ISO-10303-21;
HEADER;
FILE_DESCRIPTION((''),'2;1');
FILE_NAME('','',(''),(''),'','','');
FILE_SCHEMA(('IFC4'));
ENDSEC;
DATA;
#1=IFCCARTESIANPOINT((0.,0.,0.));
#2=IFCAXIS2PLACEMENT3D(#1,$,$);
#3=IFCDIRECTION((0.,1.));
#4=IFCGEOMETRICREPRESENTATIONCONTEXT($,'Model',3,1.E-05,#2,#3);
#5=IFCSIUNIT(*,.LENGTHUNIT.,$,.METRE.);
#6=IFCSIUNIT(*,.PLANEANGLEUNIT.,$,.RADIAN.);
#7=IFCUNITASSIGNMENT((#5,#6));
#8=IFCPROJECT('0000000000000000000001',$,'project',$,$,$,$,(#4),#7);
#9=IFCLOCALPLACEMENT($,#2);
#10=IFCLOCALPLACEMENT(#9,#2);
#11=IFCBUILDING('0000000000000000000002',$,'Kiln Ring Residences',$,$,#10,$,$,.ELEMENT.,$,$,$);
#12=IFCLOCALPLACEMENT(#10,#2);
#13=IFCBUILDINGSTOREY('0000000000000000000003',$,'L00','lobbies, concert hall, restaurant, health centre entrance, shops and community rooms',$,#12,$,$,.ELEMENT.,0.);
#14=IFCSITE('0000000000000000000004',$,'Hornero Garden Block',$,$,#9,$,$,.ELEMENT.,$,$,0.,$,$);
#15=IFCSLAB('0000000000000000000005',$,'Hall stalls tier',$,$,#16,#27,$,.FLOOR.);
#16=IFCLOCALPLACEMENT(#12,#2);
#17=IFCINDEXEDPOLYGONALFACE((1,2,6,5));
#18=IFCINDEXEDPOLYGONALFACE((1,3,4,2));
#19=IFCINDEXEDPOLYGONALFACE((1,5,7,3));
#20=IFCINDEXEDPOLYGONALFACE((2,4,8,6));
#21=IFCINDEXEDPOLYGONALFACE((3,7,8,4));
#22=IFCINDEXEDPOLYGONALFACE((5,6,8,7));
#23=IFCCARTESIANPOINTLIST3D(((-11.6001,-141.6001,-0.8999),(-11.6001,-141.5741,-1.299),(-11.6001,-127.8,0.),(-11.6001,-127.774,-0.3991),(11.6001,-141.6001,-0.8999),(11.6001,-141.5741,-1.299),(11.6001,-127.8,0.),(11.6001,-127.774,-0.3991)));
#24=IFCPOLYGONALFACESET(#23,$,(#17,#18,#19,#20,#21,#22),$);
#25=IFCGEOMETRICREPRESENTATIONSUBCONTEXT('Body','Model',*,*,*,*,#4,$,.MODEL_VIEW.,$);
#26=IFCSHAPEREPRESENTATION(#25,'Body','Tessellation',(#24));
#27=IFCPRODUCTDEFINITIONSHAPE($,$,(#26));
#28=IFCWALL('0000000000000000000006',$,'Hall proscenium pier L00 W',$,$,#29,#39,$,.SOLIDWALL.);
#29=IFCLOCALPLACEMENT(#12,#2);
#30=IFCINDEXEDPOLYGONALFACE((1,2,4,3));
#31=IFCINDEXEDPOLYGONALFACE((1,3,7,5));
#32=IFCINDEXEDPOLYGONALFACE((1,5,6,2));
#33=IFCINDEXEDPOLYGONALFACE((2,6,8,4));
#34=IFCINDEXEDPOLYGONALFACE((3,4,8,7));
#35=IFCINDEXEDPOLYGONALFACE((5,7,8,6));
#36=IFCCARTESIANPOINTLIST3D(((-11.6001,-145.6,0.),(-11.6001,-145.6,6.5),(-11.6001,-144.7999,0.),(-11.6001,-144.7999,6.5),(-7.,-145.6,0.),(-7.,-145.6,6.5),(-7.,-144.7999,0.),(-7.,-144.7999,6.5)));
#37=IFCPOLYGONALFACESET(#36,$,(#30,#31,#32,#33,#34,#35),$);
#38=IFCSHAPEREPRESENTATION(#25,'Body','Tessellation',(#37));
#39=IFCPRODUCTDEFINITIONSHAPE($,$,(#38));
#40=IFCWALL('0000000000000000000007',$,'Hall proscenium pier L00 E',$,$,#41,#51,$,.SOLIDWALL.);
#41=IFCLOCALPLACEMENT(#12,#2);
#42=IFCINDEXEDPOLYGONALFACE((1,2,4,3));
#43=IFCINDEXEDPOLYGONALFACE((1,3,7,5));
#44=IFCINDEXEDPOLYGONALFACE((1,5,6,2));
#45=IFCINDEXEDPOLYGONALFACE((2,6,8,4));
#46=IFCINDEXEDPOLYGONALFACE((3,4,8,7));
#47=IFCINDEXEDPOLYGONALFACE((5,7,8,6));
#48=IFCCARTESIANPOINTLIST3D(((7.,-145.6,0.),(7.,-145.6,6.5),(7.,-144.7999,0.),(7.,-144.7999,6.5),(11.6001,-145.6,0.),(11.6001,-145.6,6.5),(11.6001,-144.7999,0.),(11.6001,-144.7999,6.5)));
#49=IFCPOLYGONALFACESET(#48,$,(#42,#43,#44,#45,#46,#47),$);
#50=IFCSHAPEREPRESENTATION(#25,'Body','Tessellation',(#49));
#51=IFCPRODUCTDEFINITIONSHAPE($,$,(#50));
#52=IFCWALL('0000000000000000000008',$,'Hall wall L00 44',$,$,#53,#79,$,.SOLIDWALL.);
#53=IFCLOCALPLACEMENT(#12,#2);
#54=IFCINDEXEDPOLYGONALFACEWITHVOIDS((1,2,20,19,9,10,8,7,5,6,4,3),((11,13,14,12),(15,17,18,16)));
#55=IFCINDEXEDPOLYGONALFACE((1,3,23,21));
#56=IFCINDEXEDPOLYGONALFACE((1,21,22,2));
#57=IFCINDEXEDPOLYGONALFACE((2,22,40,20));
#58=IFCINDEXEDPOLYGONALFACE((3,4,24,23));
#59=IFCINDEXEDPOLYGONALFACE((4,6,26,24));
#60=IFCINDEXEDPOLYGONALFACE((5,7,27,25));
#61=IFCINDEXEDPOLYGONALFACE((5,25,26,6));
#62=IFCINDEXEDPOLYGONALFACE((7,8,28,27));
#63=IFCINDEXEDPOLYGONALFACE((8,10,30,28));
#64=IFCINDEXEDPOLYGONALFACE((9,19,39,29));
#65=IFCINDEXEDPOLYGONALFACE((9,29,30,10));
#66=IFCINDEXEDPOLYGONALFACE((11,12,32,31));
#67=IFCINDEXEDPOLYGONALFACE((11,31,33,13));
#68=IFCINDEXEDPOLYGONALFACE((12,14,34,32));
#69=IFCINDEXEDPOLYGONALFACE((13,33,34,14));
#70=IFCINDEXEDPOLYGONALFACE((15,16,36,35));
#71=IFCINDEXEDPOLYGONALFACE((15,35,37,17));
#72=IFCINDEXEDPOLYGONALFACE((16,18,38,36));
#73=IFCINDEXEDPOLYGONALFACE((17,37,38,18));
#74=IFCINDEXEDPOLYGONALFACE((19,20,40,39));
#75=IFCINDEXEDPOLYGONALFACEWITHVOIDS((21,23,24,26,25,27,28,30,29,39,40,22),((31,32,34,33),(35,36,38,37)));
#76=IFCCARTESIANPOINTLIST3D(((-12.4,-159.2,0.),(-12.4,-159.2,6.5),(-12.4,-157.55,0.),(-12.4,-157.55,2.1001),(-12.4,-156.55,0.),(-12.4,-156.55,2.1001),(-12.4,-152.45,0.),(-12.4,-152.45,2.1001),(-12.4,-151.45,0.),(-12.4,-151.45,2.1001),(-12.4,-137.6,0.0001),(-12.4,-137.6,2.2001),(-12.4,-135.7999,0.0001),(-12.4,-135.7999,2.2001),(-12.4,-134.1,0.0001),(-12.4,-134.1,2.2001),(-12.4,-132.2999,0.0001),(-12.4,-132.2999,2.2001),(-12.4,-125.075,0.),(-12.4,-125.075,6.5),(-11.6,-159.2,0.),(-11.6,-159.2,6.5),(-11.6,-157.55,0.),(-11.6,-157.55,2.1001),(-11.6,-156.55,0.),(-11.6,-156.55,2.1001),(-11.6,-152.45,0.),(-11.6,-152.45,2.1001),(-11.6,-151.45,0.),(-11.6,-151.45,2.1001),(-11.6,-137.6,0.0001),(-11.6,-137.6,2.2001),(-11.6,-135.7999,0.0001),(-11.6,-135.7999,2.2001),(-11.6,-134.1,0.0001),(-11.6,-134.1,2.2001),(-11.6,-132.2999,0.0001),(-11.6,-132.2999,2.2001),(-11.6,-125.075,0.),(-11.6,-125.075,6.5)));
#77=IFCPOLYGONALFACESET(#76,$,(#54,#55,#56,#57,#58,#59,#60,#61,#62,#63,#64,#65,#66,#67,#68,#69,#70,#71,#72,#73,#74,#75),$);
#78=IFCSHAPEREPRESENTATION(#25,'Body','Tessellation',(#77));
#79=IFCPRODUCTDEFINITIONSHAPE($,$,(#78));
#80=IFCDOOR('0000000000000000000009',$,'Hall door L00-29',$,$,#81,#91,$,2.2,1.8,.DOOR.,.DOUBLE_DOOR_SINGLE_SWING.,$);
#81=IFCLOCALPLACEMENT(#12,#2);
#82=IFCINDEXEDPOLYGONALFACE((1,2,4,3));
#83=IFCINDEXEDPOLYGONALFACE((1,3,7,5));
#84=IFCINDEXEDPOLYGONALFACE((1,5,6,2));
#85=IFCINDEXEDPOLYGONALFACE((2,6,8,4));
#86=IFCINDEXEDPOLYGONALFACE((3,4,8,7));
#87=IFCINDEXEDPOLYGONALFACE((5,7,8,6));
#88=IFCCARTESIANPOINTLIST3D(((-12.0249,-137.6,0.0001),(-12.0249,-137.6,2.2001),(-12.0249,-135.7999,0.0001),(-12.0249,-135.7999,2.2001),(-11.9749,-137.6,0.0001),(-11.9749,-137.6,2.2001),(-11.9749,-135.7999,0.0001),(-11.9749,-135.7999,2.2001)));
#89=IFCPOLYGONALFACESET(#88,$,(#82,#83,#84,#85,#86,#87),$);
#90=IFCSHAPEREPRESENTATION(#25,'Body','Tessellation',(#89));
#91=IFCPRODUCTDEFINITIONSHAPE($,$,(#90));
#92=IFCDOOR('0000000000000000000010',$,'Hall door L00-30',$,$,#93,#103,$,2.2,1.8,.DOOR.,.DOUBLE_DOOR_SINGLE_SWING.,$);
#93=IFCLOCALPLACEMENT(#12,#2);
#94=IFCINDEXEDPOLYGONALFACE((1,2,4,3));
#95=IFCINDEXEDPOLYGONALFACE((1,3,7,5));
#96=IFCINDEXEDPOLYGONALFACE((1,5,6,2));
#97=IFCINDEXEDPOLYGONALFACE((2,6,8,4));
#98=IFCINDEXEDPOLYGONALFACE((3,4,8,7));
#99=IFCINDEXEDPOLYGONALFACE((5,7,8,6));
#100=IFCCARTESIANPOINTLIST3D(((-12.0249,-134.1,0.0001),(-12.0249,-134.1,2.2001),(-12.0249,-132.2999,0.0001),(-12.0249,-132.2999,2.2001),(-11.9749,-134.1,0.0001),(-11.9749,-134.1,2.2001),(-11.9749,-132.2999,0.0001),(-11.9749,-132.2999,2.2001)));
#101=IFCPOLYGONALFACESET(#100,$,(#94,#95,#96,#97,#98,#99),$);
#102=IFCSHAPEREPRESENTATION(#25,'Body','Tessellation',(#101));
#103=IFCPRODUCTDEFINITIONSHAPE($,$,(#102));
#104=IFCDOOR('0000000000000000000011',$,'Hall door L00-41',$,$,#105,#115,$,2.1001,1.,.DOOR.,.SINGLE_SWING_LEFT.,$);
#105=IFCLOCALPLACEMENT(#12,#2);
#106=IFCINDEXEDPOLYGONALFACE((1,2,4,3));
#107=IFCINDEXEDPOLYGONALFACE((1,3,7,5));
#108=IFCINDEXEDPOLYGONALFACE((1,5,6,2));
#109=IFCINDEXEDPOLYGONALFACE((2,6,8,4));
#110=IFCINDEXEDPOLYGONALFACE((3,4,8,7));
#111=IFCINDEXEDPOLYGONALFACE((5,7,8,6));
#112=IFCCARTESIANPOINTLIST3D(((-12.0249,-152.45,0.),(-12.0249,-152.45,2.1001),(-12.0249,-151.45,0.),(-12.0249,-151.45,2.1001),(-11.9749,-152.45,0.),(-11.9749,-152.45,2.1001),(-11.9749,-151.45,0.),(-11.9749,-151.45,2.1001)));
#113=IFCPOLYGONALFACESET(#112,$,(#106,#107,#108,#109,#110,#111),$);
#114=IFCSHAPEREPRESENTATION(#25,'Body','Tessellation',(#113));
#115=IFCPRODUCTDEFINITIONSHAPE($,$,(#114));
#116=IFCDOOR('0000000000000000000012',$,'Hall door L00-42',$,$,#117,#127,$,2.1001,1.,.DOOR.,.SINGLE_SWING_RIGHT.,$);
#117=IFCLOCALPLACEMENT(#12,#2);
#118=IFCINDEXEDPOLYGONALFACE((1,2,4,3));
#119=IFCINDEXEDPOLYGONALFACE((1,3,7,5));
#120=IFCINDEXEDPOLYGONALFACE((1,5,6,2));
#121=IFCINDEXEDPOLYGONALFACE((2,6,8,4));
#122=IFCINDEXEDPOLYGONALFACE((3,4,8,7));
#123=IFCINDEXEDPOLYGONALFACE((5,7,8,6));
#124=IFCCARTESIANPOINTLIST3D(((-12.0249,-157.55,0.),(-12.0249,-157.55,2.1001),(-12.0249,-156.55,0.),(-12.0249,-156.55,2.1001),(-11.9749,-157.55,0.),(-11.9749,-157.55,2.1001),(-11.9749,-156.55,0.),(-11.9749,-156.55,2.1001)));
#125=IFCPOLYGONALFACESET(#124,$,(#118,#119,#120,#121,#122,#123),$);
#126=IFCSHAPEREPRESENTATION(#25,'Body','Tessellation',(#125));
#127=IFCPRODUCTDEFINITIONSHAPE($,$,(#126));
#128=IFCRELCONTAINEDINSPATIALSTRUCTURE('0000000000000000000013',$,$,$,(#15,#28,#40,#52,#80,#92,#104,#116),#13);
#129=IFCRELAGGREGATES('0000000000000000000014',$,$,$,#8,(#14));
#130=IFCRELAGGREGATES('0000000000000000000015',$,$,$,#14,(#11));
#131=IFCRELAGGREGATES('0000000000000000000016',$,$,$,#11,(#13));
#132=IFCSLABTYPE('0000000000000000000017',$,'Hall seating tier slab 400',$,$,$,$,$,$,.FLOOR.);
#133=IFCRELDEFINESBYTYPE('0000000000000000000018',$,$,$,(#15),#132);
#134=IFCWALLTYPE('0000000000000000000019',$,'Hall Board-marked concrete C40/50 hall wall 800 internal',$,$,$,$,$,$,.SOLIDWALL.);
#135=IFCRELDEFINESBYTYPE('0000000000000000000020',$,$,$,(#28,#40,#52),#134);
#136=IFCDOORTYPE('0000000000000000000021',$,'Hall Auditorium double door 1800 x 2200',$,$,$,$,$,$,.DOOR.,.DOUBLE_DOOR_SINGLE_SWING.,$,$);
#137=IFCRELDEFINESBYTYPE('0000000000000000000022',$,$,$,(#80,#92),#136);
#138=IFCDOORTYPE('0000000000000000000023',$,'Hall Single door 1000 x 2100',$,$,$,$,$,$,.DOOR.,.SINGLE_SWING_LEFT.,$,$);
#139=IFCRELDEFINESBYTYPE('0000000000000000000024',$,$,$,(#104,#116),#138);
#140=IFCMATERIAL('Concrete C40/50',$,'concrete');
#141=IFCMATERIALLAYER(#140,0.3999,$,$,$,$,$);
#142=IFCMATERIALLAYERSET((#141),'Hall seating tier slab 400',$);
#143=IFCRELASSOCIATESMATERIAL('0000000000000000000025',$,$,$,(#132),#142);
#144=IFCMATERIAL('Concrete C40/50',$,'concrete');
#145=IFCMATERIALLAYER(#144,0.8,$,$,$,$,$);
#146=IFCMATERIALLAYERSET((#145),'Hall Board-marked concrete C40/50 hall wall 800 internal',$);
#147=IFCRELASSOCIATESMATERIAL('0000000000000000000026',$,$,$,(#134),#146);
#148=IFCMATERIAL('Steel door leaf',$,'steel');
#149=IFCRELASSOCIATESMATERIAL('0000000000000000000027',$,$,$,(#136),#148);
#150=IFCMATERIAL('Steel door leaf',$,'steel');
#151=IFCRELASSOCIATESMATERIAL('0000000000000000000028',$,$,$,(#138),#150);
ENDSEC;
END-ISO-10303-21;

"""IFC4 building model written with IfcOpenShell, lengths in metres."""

from ifc_helpers import new_model, si_unit, direction, frame, frame_2d, origin, place, context, subcontext, project, spatial, polyline, rectangle, outline, extrude, material, layer, layer_set, type_object, element, fill, save


model = new_model("IFC4")

# Units and contexts
model_context = context("Model", 3, precision=1e-05, world=origin(), true_north=direction((0.0, 1.0)))
body_context = subcontext(model_context, "Body", "Model", "MODEL_VIEW")
ifc_project = project(units=[si_unit("LENGTHUNIT", "METRE"), si_unit("PLANEANGLEUNIT", "RADIAN")], contexts=[model_context])

# Site, building, storey
site_placement = place(None, origin())
site = spatial("IfcSite", under=ifc_project, at=site_placement, Name="Hornero Garden Block", CompositionType="ELEMENT", RefElevation=0.0)
building_placement = place(site_placement, origin())
building = spatial("IfcBuilding", under=site, at=building_placement, Name="Kiln Ring Residences", CompositionType="ELEMENT")
storey_placement = place(building_placement, origin())
storey = spatial("IfcBuildingStorey", under=building, at=storey_placement, Name="L00", Description="lobbies, concert hall, restaurant, health centre entrance, shops and community rooms", CompositionType="ELEMENT", Elevation=0.0)

# Slab
ifc_material_1 = material(Name="Concrete C40/50", Category="concrete")
ifc_layer_1 = layer(ifc_material_1, 0.3999)
ifc_layer_set_1 = layer_set([ifc_layer_1], Name="Hall seating tier slab 400")
slab_type = type_object("IfcSlabType", Name="Hall seating tier slab 400", PredefinedType="FLOOR", material=ifc_layer_set_1)
slab_placement = place(storey_placement, frame((-11.6001, -141.6001, -0.8999), z_axis=(0.0, -0.065072, 0.997881), x_axis=(1.0, 0.0, 0.0)))
element("IfcSlab", 1, at=slab_placement, inside=storey, type_object=slab_type, Name="Hall stalls tier", PredefinedType="FLOOR", context=body_context, shape_type="SweptSolid", body=[
    extrude(outline(polyline([(0.0, 0.0), (23.2002, 0.0), (23.2002, 13.8294), (0.0, 13.8294), (0.0, 0.0)])), origin(), (0.0, 0.0, -1.0), 0.3999),
])

# Walls
ifc_material_2 = material(Name="Concrete C40/50", Category="concrete")
ifc_layer_2 = layer(ifc_material_2, 0.8)
ifc_layer_set_2 = layer_set([ifc_layer_2], Name="Hall Board-marked concrete C40/50 hall wall 800 internal")
wall_type_1 = type_object("IfcWallType", Name="Hall Board-marked concrete C40/50 hall wall 800 internal", PredefinedType="SOLIDWALL", material=ifc_layer_set_2)
for number, where, z_axis, x_axis, name in (
    (2, (-11.6001, -145.2, 0.0), (0.0, 0.0, 1.0), (1.0, 0.0, 0.0), "Hall proscenium pier L00 W"),
    (3, (7.0, -145.2, 0.0), (0.0, 0.0, 1.0), (1.0, 0.0, 0.0), "Hall proscenium pier L00 E"),
):
    element("IfcWall", number, at=place(storey_placement, frame(where, z_axis=z_axis, x_axis=x_axis)), inside=storey, type_object=wall_type_1, Name=name, PredefinedType="SOLIDWALL", context=body_context, shape_type="SweptSolid", body=[
        extrude(rectangle(XDim=4.6001, YDim=0.8, at=frame_2d((2.3, 0.0))), origin(), (0.0, 0.0, 1.0), 6.5),
    ])

# Wall, openings, doors
wall_1_placement = place(storey_placement, frame((-12.0, -159.2, 0.0), z_axis=(0.0, 0.0, 1.0), x_axis=(0.0, 1.0, 0.0)))
wall_1 = element("IfcWall", 4, at=wall_1_placement, inside=storey, type_object=wall_type_1, Name="Hall wall L00 44", PredefinedType="SOLIDWALL", context=body_context, shape_type="SweptSolid", body=[
    extrude(rectangle(XDim=34.125, YDim=0.8, at=frame_2d((17.0625, 0.0))), origin(), (0.0, 0.0, 1.0), 6.5),
])
opening_1_placement = place(wall_1_placement, frame((21.6001, 0.0, 0.0)))
opening_1 = element("IfcOpeningElement", 5, at=opening_1_placement, cuts=wall_1, PredefinedType="OPENING", context=body_context, shape_type="SweptSolid", body=[
    extrude(rectangle(XDim=1.8, YDim=2.2, at=frame_2d((0.8999, 1.1001))), frame((0.0, 0.4099, 0.0), z_axis=(0.0, -1.0, 0.0), x_axis=(1.0, 0.0, 0.0)), (0.0, 0.0, 1.0), 0.8201),
])
opening_2_placement = place(wall_1_placement, frame((25.1001, 0.0, 0.0)))
opening_2 = element("IfcOpeningElement", 6, at=opening_2_placement, cuts=wall_1, PredefinedType="OPENING", context=body_context, shape_type="SweptSolid", body=[
    extrude(rectangle(XDim=1.8, YDim=2.2, at=frame_2d((0.8999, 1.1001))), frame((0.0, 0.4099, 0.0), z_axis=(0.0, -1.0, 0.0), x_axis=(1.0, 0.0, 0.0)), (0.0, 0.0, 1.0), 0.8201),
])
opening_3_placement = place(wall_1_placement, frame((6.75, 0.0, 0.0)))
opening_3 = element("IfcOpeningElement", 7, at=opening_3_placement, cuts=wall_1, PredefinedType="OPENING", context=body_context, shape_type="SweptSolid", body=[
    extrude(rectangle(XDim=1.0, YDim=2.1001, at=frame_2d((0.5, 1.05))), frame((0.0, 0.4099, 0.0), z_axis=(0.0, -1.0, 0.0), x_axis=(1.0, 0.0, 0.0)), (0.0, 0.0, 1.0), 0.8201),
])
opening_4_placement = place(wall_1_placement, frame((1.6499, 0.0, 0.0)))
opening_4 = element("IfcOpeningElement", 8, at=opening_4_placement, cuts=wall_1, PredefinedType="OPENING", context=body_context, shape_type="SweptSolid", body=[
    extrude(rectangle(XDim=1.0, YDim=2.1001, at=frame_2d((0.5, 1.05))), frame((0.0, 0.4099, 0.0), z_axis=(0.0, -1.0, 0.0), x_axis=(1.0, 0.0, 0.0)), (0.0, 0.0, 1.0), 0.8201),
])
ifc_material_3 = material(Name="Steel door leaf", Category="steel")
door_type_1 = type_object("IfcDoorType", Name="Hall Auditorium double door 1800 x 2200", OperationType="DOUBLE_DOOR_SINGLE_SWING", PredefinedType="DOOR", material=ifc_material_3)
door_1_placement = place(opening_1_placement, origin())
door_1 = element("IfcDoor", 9, at=door_1_placement, inside=storey, type_object=door_type_1, Name="Hall door L00-29", OperationType="DOUBLE_DOOR_SINGLE_SWING", OverallHeight=2.2, OverallWidth=1.8, PredefinedType="DOOR", context=body_context, shape_type="SweptSolid", body=[
    extrude(rectangle(XDim=1.8, YDim=2.2, at=frame_2d((0.8999, 1.1001))), frame((0.0, 0.0249, 0.0), z_axis=(0.0, -1.0, 0.0), x_axis=(1.0, 0.0, 0.0)), (0.0, 0.0, 1.0), 0.05),
])
fill(opening_1, door_1)
door_2_placement = place(opening_2_placement, origin())
door_2 = element("IfcDoor", 10, at=door_2_placement, inside=storey, type_object=door_type_1, Name="Hall door L00-30", OperationType="DOUBLE_DOOR_SINGLE_SWING", OverallHeight=2.2, OverallWidth=1.8, PredefinedType="DOOR", context=body_context, shape_type="SweptSolid", body=[
    extrude(rectangle(XDim=1.8, YDim=2.2, at=frame_2d((0.8999, 1.1001))), frame((0.0, 0.0249, 0.0), z_axis=(0.0, -1.0, 0.0), x_axis=(1.0, 0.0, 0.0)), (0.0, 0.0, 1.0), 0.05),
])
fill(opening_2, door_2)
ifc_material_4 = material(Name="Steel door leaf", Category="steel")
door_type_2 = type_object("IfcDoorType", Name="Hall Single door 1000 x 2100", OperationType="SINGLE_SWING_LEFT", PredefinedType="DOOR", material=ifc_material_4)
door_3_placement = place(opening_3_placement, origin())
door_3 = element("IfcDoor", 11, at=door_3_placement, inside=storey, type_object=door_type_2, Name="Hall door L00-41", OperationType="SINGLE_SWING_LEFT", OverallHeight=2.1001, OverallWidth=1.0, PredefinedType="DOOR", context=body_context, shape_type="SweptSolid", body=[
    extrude(rectangle(XDim=1.0, YDim=2.1001, at=frame_2d((0.5, 1.05))), frame((0.0, 0.0249, 0.0), z_axis=(0.0, -1.0, 0.0), x_axis=(1.0, 0.0, 0.0)), (0.0, 0.0, 1.0), 0.05),
])
fill(opening_3, door_3)
door_4_placement = place(opening_4_placement, origin())
door_4 = element("IfcDoor", 12, at=door_4_placement, inside=storey, type_object=door_type_2, Name="Hall door L00-42", OperationType="SINGLE_SWING_RIGHT", OverallHeight=2.1001, OverallWidth=1.0, PredefinedType="DOOR", context=body_context, shape_type="SweptSolid", body=[
    extrude(rectangle(XDim=1.0, YDim=2.1001, at=frame_2d((0.5, 1.05))), frame((0.0, 0.0249, 0.0), z_axis=(0.0, -1.0, 0.0), x_axis=(1.0, 0.0, 0.0)), (0.0, 0.0, 1.0), 0.05),
])
fill(opening_4, door_4)

save(model, "model.ifc")
